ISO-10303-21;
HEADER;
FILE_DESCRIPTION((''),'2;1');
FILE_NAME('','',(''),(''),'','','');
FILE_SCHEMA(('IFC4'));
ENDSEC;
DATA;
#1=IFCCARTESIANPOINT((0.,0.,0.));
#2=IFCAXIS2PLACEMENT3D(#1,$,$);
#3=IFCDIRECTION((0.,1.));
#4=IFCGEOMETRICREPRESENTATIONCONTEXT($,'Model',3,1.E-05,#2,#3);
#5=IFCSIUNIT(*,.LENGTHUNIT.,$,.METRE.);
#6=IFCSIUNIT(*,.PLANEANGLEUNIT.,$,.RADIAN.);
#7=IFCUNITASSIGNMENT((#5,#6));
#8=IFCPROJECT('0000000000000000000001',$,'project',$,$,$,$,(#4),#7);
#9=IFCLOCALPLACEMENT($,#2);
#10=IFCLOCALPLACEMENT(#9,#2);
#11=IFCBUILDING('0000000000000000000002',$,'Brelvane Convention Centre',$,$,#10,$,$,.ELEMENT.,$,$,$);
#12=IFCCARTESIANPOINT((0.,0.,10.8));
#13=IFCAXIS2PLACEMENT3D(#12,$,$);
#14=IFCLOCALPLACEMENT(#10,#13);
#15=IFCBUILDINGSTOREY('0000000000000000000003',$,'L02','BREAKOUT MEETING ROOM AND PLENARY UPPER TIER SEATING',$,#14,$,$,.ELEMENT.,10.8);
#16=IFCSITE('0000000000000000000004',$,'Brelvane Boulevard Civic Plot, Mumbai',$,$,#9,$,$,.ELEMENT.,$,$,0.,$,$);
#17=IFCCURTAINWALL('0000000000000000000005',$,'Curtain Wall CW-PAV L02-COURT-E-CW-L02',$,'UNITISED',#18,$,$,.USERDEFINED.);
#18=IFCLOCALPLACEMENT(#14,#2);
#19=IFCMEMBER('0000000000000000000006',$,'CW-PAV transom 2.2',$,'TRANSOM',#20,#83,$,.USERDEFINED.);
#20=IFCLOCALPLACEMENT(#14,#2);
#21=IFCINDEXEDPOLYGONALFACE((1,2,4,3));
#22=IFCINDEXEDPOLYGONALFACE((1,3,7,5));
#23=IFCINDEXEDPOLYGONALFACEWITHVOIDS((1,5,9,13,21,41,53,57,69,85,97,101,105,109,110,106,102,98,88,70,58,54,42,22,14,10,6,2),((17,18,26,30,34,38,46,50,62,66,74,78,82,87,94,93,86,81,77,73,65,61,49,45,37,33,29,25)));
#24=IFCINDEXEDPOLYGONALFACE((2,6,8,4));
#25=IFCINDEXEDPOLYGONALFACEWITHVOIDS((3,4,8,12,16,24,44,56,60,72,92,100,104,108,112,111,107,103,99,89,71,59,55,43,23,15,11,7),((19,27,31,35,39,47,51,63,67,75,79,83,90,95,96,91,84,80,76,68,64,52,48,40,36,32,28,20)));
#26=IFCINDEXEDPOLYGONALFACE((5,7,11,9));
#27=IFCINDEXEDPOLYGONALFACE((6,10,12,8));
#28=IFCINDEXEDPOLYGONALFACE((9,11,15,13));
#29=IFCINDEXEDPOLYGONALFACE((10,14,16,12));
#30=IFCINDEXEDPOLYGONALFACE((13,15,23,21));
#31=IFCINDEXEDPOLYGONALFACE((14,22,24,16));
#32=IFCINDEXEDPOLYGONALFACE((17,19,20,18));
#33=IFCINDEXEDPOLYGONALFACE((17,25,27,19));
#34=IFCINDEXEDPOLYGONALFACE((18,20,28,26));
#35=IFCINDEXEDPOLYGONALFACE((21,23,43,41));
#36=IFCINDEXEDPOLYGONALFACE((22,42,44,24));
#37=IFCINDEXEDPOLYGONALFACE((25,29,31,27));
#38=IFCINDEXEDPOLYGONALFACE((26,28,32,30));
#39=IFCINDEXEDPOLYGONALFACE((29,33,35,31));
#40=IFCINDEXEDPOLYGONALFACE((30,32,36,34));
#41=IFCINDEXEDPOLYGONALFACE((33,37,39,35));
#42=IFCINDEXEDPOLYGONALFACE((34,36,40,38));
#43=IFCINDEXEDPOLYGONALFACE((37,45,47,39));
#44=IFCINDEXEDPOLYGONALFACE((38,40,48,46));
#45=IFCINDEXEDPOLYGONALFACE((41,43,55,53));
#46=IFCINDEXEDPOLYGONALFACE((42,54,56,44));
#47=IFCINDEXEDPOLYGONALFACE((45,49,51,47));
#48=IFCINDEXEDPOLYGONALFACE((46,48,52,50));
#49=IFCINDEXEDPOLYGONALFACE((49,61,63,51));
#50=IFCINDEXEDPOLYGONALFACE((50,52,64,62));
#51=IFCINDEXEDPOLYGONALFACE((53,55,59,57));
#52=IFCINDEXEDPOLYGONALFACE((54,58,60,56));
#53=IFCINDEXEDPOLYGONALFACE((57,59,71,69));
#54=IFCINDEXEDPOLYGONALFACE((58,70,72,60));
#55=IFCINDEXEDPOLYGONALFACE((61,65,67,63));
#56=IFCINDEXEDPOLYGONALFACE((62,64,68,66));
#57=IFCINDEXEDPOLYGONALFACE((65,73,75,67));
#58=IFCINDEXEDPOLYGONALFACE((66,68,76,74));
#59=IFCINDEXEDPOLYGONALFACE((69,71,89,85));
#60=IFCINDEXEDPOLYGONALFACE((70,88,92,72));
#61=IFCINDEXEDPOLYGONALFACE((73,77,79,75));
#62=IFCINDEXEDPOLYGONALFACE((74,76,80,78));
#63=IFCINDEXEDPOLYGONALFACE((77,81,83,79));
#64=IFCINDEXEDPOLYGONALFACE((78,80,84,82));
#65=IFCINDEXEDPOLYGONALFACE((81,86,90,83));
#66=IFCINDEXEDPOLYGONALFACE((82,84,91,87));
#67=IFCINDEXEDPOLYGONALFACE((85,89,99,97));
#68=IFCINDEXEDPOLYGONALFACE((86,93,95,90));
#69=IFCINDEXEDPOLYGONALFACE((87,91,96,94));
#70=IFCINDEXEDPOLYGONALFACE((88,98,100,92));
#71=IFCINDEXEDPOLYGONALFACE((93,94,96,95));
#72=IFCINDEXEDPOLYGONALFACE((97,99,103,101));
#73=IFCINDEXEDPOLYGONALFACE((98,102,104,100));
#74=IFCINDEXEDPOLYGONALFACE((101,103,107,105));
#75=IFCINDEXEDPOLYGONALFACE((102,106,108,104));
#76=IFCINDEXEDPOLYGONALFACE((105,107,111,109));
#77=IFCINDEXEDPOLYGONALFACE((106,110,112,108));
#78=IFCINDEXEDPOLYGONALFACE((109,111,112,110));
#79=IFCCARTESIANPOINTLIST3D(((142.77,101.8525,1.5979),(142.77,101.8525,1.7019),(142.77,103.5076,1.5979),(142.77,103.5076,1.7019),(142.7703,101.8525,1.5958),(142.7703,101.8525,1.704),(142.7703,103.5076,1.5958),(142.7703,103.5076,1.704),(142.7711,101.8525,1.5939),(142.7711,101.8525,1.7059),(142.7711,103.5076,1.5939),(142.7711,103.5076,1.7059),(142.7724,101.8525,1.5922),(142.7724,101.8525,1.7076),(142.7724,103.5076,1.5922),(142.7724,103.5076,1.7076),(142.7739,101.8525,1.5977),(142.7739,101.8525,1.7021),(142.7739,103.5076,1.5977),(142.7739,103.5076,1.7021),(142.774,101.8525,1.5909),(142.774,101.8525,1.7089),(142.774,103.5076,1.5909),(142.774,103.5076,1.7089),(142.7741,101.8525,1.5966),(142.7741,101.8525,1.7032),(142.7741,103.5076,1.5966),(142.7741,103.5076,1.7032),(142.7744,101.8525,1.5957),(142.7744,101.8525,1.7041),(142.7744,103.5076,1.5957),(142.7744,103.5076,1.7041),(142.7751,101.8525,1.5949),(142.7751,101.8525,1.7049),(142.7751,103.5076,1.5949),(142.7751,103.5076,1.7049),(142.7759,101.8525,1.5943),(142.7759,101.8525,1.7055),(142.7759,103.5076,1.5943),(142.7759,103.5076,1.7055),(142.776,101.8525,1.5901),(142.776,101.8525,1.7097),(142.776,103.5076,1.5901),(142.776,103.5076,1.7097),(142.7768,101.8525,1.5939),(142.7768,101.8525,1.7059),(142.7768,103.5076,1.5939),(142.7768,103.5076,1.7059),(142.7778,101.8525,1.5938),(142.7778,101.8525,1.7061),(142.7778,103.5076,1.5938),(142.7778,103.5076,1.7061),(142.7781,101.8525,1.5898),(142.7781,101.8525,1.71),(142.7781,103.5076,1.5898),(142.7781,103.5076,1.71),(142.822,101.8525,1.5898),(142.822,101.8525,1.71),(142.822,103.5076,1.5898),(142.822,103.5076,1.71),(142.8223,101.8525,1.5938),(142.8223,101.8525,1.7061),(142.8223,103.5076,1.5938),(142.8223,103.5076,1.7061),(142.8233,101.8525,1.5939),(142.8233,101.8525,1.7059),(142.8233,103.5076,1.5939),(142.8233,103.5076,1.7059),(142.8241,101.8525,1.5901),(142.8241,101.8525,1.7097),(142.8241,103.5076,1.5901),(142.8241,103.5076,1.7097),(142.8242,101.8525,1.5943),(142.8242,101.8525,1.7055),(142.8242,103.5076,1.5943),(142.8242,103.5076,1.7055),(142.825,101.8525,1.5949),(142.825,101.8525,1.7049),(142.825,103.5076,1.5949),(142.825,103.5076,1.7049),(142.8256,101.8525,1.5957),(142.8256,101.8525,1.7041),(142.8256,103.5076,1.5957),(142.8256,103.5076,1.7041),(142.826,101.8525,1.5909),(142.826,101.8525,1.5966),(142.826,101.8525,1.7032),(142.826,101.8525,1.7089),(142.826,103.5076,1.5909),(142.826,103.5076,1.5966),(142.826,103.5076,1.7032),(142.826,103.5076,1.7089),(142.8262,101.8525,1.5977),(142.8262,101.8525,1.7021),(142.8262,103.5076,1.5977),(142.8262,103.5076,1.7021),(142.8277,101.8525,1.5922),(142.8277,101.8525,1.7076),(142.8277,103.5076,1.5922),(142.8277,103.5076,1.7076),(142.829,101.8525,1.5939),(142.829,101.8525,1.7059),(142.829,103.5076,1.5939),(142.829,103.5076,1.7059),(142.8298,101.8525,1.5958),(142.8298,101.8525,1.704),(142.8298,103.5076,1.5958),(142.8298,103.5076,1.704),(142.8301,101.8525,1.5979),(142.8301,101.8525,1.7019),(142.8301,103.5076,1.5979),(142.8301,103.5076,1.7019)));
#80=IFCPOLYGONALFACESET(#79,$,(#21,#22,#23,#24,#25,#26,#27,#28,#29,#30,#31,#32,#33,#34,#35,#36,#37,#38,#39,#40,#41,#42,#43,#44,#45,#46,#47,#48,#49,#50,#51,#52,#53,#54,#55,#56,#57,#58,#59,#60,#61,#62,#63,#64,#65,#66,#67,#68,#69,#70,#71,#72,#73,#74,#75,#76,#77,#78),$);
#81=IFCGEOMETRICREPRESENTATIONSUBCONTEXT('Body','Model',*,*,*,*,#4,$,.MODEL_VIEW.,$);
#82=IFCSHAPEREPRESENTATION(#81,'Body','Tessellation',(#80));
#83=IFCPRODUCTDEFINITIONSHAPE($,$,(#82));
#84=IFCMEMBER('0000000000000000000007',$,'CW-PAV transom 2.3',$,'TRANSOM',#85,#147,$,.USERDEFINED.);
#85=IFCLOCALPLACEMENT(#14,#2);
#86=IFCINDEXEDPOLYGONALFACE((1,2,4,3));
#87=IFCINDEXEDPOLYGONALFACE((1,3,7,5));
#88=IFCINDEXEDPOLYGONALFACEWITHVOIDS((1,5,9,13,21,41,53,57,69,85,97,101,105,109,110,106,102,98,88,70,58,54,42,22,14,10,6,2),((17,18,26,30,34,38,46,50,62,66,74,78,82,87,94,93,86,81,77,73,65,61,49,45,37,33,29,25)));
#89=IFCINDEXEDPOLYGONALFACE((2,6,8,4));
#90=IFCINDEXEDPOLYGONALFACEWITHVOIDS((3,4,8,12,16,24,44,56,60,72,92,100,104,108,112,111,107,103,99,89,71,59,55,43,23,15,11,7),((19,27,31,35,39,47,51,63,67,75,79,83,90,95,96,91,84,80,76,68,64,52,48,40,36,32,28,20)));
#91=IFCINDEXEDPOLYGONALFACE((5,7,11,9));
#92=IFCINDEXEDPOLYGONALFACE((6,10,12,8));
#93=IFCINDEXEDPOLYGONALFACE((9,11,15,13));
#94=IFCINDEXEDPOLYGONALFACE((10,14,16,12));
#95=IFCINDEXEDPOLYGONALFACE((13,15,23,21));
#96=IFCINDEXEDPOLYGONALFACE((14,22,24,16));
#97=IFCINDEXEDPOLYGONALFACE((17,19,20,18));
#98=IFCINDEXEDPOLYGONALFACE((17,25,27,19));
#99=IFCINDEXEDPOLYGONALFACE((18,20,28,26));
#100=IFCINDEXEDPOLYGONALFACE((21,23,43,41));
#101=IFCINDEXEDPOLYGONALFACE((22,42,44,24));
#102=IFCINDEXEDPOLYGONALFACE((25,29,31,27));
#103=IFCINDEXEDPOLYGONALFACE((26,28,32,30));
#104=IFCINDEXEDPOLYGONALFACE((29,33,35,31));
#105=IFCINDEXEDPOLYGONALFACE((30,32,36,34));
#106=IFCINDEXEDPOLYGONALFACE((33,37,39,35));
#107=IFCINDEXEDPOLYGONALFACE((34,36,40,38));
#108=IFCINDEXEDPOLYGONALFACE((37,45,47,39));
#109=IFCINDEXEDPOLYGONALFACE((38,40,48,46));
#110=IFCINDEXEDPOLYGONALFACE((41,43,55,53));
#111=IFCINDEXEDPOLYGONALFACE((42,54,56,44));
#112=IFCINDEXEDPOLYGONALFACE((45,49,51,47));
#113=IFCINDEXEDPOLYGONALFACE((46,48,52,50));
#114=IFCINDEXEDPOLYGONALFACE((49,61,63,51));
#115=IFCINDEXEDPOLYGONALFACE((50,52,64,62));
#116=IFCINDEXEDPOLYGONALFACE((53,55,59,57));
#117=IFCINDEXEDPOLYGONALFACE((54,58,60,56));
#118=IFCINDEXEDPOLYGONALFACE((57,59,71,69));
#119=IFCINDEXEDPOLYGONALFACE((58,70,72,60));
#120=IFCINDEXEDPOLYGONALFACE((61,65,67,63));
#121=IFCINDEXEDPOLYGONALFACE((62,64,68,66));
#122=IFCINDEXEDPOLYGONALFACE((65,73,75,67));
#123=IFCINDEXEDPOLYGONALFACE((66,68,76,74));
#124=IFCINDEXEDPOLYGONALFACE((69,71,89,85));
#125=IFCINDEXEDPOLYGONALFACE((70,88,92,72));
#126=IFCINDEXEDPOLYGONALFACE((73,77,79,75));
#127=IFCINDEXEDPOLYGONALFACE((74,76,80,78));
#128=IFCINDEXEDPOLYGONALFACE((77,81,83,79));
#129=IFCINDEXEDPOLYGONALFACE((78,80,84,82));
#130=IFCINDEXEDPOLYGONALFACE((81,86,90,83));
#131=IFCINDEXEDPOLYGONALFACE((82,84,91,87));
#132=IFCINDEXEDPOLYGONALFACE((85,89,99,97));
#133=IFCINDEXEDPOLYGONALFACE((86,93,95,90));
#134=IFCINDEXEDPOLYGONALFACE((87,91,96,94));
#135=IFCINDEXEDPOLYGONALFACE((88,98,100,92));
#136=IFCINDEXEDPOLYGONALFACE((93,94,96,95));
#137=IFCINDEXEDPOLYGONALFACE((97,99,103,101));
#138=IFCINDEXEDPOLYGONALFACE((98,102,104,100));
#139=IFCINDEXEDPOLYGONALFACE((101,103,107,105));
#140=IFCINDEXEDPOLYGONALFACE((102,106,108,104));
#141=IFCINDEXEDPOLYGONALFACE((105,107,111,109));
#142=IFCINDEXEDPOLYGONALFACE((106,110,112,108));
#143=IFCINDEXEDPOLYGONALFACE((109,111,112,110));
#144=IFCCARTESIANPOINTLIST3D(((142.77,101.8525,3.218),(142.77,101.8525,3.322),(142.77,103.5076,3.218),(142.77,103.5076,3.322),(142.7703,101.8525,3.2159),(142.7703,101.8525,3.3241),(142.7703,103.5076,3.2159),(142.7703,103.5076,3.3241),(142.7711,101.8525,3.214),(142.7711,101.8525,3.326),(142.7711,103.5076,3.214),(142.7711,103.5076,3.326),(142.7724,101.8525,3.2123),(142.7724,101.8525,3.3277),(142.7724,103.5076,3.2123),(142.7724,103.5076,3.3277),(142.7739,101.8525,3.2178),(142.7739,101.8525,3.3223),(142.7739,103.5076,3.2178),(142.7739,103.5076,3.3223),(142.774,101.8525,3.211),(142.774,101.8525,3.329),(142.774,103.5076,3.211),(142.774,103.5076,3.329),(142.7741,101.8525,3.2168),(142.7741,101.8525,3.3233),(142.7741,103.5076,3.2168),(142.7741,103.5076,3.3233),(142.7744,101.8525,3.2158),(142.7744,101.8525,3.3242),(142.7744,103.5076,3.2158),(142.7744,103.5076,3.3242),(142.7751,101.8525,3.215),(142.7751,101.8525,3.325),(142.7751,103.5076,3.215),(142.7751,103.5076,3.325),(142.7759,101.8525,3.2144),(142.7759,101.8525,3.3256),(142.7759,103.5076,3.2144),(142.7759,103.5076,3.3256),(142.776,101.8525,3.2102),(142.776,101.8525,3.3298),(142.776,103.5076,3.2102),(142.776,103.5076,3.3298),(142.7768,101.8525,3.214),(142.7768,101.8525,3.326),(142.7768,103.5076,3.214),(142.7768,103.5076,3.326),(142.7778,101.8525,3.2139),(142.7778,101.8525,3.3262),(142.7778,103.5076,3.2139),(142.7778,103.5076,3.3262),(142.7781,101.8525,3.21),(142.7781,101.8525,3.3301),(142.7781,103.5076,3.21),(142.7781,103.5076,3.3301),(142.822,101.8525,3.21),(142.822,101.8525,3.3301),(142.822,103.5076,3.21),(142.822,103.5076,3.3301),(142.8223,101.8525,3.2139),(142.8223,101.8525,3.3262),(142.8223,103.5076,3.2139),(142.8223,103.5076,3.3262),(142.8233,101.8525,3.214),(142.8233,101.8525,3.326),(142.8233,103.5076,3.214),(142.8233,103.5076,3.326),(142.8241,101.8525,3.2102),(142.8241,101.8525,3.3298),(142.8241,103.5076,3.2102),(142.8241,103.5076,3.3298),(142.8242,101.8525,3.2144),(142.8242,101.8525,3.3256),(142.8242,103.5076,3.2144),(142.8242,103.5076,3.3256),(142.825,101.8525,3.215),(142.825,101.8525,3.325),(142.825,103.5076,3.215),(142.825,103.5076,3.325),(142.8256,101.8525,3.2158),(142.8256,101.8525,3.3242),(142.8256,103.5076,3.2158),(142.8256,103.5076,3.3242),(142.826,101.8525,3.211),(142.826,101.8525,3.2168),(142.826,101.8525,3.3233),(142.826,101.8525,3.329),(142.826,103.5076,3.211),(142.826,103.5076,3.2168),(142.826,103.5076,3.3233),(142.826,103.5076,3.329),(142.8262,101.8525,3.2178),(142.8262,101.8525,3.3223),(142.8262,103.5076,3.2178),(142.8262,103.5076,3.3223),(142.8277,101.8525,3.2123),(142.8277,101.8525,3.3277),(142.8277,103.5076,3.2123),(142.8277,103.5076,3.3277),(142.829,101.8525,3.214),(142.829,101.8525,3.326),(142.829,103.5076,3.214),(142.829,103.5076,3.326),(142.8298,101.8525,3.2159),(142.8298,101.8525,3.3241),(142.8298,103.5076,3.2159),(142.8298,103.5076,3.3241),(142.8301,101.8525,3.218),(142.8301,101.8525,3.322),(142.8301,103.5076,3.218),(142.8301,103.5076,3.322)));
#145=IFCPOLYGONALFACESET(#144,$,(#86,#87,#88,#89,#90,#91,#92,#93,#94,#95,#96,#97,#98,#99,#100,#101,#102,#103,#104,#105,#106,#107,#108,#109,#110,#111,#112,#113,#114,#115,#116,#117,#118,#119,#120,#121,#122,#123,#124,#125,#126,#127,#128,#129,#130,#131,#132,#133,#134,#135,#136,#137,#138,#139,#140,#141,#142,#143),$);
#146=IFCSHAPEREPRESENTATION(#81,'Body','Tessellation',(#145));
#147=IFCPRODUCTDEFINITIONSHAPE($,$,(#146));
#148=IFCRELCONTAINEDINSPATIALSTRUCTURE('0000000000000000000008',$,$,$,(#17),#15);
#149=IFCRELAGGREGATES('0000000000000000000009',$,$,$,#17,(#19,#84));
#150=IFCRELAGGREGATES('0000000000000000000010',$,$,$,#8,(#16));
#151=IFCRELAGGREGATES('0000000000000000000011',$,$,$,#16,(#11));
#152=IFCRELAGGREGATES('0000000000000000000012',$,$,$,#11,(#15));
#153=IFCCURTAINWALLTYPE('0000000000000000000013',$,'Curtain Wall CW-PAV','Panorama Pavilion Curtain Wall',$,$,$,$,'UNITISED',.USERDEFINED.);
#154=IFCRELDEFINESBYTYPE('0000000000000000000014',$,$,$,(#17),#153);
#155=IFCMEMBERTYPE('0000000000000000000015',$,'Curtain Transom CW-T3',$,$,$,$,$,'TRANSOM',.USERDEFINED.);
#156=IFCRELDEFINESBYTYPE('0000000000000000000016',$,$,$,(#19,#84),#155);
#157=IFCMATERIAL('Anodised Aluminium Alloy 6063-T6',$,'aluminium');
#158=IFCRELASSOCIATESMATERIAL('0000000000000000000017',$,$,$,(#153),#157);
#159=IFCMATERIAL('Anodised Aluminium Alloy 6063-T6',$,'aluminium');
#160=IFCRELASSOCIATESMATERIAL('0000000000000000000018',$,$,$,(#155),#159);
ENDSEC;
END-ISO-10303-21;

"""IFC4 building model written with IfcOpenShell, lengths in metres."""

from ifc_helpers import new_model, si_unit, direction, frame, origin, origin_2d, place, context, subcontext, project, spatial, hollow_rectangle, extrude, material, material_profile, profile_set, type_object, element, aggregate, save


model = new_model("IFC4")

# Units and contexts
model_context = context("Model", 3, precision=1e-05, world=origin(), true_north=direction((0.0, 1.0)))
body_context = subcontext(model_context, "Body", "Model", "MODEL_VIEW")
ifc_project = project(units=[si_unit("LENGTHUNIT", "METRE"), si_unit("PLANEANGLEUNIT", "RADIAN")], contexts=[model_context])

# Site, building, storey
site_placement = place(None, origin())
site = spatial("IfcSite", under=ifc_project, at=site_placement, Name="Brelvane Boulevard Civic Plot, Mumbai", CompositionType="ELEMENT", RefElevation=0.0)
building_placement = place(site_placement, origin())
building = spatial("IfcBuilding", under=site, at=building_placement, Name="Brelvane Convention Centre", CompositionType="ELEMENT")
storey_placement = place(building_placement, frame((0.0, 0.0, 10.8)))
storey = spatial("IfcBuildingStorey", under=building, at=storey_placement, Name="L02", Description="BREAKOUT MEETING ROOM AND PLENARY UPPER TIER SEATING", CompositionType="ELEMENT", Elevation=10.8)

# Curtain wall
ifc_material_1 = material(Name="Anodised Aluminium Alloy 6063-T6", Category="aluminium")
curtain_wall_type_1 = type_object("IfcCurtainWallType", Name="Curtain Wall CW-PAV", Description="Panorama Pavilion Curtain Wall", ElementType="UNITISED", PredefinedType="USERDEFINED", material=ifc_material_1)
curtain_wall_1_placement = place(storey_placement, origin())
curtain_wall_1 = element("IfcCurtainWall", 1, at=curtain_wall_1_placement, inside=storey, type_object=curtain_wall_type_1, Name="Curtain Wall CW-PAV L02-COURT-E-CW-L02", ObjectType="UNITISED", PredefinedType="USERDEFINED")

# Members
ifc_material_2 = material(Name="Anodised Aluminium Alloy 6063-T6", Category="aluminium")
ifc_material_profile_1 = material_profile(ifc_material_2, hollow_rectangle(XDim=0.0601, YDim=0.1201, WallThickness=0.0039, InnerFilletRadius=0.0039, OuterFilletRadius=0.0081, at=origin_2d()), Name="ALU-T 120x60x4.0")
ifc_profile_set_1 = profile_set([ifc_material_profile_1], Name="Anodised Aluminium Alloy 6063-T6")
member_type_1 = type_object("IfcMemberType", Name="Curtain Transom CW-T3", ElementType="TRANSOM", PredefinedType="USERDEFINED", material=ifc_profile_set_1)
member_1_placement = place(storey_placement, frame((142.8, 101.8525, 1.6499), z_axis=(0.0, 1.0, 0.0), x_axis=(-1.0, 0.0, 0.0)))
member_1 = element("IfcMember", 2, at=member_1_placement, type_object=member_type_1, Name="CW-PAV transom 2.2", ObjectType="TRANSOM", PredefinedType="USERDEFINED", context=body_context, shape_type="SweptSolid", body=[
    extrude(hollow_rectangle(XDim=0.0601, YDim=0.1201, WallThickness=0.0039, InnerFilletRadius=0.0039, OuterFilletRadius=0.0081, at=origin_2d()), origin(), (0.0, 0.0, 1.0), 1.655),
])
member_2_placement = place(storey_placement, frame((142.8, 101.8525, 3.27), z_axis=(0.0, 1.0, 0.0), x_axis=(-1.0, 0.0, 0.0)))
member_2 = element("IfcMember", 3, at=member_2_placement, type_object=member_type_1, Name="CW-PAV transom 2.3", ObjectType="TRANSOM", PredefinedType="USERDEFINED", context=body_context, shape_type="SweptSolid", body=[
    extrude(hollow_rectangle(XDim=0.0601, YDim=0.1201, WallThickness=0.0039, InnerFilletRadius=0.0039, OuterFilletRadius=0.0081, at=origin_2d()), origin(), (0.0, 0.0, 1.0), 1.655),
])

aggregate(curtain_wall_1, [member_1, member_2])

save(model, "model.ifc")
